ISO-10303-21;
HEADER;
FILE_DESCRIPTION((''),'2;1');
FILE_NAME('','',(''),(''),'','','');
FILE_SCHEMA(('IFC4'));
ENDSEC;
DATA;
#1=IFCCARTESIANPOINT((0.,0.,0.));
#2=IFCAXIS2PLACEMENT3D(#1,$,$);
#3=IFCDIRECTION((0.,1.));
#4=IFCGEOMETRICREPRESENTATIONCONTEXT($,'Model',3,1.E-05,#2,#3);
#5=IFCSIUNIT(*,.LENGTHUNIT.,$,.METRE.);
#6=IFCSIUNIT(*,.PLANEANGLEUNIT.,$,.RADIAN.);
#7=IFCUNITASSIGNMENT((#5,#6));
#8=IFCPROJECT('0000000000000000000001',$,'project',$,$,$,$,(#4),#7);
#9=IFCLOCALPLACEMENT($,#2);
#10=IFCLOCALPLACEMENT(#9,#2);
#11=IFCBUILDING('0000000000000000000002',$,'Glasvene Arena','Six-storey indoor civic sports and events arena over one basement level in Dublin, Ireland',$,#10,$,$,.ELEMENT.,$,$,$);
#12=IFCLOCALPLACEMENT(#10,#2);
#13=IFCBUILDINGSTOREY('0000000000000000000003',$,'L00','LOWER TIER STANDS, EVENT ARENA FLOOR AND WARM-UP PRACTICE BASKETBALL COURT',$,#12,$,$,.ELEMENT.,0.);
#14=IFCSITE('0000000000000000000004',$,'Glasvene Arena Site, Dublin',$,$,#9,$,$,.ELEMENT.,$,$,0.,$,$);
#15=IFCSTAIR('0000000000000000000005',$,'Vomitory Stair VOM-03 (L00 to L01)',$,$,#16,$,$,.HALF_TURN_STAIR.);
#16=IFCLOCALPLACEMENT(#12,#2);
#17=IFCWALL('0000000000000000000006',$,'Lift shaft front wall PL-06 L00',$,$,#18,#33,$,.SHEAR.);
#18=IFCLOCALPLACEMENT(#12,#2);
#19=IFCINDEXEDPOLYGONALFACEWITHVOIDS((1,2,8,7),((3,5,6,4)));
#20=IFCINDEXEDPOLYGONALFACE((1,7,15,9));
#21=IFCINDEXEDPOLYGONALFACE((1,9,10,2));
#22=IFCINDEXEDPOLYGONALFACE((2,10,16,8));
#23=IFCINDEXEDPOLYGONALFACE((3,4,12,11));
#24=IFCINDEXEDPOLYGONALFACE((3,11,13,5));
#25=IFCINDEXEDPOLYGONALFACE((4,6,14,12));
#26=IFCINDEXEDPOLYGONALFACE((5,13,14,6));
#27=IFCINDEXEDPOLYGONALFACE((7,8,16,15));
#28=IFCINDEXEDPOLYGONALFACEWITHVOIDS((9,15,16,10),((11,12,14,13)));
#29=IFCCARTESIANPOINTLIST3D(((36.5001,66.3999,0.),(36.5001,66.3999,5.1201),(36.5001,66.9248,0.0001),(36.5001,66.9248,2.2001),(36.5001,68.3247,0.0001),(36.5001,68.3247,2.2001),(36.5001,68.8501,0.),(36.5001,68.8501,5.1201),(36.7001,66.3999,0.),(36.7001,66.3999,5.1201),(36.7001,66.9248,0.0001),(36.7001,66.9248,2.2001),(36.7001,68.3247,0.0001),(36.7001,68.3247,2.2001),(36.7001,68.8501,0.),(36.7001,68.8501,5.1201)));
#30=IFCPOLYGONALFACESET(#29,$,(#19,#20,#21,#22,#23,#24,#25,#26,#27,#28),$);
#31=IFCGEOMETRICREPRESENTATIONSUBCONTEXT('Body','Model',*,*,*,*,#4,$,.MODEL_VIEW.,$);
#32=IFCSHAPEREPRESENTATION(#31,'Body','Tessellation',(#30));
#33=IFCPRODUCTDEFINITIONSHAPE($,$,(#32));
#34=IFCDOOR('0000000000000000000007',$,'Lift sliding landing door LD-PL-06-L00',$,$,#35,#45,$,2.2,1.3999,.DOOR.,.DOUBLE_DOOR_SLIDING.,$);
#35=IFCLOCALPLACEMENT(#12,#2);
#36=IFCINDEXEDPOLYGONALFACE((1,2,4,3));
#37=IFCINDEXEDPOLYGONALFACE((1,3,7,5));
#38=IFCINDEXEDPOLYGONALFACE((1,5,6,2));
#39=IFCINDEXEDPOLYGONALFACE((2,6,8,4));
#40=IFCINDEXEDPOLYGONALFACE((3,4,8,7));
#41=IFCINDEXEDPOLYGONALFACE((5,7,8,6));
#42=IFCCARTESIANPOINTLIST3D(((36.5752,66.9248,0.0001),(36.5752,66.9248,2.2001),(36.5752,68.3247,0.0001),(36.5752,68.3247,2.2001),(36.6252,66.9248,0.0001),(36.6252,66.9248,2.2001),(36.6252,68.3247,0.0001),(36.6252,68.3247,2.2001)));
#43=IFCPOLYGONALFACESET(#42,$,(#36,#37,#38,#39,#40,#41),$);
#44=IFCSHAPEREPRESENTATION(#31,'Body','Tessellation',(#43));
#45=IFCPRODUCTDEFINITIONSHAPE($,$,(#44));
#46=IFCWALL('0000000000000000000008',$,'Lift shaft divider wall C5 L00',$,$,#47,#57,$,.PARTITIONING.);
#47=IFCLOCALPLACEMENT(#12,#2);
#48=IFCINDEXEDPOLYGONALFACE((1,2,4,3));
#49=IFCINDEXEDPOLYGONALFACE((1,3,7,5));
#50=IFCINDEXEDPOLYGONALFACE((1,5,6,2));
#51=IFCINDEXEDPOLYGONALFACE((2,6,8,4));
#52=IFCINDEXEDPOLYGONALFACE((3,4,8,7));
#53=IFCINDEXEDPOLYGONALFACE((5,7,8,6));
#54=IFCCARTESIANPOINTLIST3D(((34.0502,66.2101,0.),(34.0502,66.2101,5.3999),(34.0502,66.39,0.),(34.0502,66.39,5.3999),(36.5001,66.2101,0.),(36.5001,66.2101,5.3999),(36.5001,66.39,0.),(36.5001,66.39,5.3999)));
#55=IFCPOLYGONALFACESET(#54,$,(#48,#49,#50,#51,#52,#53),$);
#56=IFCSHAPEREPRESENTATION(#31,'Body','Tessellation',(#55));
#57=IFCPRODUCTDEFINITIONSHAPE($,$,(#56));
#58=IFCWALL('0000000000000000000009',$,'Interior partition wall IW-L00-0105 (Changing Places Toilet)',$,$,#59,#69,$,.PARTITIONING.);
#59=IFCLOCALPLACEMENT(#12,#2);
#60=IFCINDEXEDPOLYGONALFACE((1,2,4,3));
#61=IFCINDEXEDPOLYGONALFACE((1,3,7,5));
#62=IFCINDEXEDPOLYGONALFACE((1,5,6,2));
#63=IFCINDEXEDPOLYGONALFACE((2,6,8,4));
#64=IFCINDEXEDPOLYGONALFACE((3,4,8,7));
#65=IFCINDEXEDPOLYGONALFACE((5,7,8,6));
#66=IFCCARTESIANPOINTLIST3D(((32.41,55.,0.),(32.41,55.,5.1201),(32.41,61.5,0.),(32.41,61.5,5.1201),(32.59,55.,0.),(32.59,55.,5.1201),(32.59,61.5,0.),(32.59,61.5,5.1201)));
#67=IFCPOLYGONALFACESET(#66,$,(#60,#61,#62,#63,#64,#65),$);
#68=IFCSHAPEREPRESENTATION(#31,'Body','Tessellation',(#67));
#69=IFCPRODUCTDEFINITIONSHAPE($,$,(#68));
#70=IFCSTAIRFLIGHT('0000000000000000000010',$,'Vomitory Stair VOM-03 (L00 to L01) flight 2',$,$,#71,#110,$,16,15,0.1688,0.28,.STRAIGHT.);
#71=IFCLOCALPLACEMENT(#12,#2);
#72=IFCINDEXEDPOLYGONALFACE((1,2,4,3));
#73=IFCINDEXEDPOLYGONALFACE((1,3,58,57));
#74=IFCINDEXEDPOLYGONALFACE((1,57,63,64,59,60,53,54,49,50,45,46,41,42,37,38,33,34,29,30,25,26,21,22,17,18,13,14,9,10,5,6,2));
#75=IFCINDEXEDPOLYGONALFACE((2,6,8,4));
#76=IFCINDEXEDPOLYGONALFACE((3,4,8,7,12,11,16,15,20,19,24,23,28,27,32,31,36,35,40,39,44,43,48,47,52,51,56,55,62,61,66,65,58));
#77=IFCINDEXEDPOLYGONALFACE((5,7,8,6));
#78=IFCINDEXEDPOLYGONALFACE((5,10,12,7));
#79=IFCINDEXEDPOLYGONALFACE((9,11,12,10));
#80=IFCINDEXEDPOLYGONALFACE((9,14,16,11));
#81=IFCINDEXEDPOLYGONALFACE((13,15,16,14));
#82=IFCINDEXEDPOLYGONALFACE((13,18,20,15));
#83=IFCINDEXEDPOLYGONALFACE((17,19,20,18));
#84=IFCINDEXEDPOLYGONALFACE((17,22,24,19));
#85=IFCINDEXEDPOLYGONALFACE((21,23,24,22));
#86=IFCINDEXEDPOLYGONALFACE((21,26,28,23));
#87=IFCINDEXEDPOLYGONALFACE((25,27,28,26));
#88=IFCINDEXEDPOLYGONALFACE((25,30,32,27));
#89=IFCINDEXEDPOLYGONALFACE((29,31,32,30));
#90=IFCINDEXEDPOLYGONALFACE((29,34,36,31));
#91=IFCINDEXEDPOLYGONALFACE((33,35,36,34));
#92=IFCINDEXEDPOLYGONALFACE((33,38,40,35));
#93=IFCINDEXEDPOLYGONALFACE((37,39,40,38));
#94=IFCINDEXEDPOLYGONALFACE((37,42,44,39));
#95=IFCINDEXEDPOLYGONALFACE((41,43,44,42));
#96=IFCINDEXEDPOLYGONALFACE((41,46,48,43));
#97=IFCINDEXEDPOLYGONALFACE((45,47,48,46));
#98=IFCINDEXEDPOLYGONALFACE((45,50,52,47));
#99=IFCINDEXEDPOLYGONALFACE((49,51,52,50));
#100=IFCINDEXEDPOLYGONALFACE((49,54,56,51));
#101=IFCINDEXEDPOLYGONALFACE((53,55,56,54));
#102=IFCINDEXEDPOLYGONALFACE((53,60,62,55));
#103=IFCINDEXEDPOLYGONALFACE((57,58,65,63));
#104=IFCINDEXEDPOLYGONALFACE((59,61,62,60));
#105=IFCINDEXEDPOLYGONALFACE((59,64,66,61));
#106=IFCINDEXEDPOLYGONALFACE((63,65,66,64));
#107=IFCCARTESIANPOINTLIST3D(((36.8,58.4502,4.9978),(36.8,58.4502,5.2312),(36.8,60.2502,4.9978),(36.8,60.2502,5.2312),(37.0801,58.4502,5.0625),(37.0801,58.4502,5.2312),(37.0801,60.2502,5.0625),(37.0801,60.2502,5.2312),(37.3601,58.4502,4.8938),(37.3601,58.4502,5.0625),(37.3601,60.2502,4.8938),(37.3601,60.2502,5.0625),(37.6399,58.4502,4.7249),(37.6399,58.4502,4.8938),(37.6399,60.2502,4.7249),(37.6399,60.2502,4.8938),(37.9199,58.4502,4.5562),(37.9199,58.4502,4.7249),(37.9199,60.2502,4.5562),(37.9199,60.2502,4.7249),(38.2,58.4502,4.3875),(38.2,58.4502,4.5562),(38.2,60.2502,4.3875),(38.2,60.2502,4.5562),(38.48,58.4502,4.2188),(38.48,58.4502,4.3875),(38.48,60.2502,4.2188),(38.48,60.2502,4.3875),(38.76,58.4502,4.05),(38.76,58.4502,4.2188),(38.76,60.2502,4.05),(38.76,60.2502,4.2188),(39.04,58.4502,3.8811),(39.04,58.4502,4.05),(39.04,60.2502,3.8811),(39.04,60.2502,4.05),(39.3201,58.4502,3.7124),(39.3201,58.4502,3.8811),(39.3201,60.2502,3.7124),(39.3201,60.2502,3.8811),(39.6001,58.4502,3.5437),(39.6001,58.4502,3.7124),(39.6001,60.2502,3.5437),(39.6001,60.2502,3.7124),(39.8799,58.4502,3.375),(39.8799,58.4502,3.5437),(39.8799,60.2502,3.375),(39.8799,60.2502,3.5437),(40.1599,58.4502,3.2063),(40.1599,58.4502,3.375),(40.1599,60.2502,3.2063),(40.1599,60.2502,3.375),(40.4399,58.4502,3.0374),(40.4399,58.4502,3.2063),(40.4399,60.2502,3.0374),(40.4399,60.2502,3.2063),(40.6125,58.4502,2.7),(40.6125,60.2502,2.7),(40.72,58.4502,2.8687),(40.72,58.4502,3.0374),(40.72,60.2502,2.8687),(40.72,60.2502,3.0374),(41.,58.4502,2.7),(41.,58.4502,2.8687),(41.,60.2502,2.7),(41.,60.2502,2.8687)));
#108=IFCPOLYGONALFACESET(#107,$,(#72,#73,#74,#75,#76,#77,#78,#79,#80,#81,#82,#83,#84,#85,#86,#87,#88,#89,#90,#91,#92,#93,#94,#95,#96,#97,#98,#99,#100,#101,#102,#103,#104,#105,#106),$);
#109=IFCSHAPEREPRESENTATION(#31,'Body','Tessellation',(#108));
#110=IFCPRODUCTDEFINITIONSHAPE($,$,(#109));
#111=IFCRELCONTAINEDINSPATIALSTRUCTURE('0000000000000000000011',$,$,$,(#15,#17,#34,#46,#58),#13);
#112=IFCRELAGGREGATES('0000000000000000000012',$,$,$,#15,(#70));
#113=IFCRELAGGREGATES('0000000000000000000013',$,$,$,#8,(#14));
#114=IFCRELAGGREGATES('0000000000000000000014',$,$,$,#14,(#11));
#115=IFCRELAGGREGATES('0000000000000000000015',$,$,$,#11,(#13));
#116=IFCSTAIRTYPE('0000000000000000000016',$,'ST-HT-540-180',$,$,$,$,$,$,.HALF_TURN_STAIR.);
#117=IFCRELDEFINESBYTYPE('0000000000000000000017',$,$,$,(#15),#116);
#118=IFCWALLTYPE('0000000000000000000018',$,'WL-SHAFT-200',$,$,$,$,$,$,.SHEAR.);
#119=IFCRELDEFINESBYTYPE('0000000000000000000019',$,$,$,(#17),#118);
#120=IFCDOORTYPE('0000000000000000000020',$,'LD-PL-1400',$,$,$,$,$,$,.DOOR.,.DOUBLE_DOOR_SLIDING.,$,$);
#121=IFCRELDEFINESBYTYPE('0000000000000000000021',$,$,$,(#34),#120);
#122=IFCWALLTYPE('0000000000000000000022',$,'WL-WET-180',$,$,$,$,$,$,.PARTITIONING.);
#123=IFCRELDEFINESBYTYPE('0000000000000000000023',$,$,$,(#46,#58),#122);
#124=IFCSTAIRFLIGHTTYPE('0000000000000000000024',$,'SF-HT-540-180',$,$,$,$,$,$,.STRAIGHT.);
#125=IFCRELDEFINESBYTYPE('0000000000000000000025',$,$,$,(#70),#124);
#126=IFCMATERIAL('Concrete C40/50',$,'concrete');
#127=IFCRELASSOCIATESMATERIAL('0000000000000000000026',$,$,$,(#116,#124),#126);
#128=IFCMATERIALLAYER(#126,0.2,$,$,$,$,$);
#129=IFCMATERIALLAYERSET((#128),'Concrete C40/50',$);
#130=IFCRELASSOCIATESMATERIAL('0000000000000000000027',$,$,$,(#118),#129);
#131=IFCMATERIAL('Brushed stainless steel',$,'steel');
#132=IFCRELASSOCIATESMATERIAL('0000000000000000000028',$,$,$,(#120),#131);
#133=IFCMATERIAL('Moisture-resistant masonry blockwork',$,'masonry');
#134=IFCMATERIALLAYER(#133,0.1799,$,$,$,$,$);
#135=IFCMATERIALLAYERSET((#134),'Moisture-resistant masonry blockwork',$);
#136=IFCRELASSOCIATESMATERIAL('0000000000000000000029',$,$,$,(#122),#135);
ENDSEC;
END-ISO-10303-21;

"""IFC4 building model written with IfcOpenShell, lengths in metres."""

from ifc_helpers import new_model, si_unit, direction, frame, frame_2d, origin, place, context, subcontext, project, spatial, polyline, rectangle, outline, extrude, material, layer, layer_set, type_object, element, fill, aggregate, save


model = new_model("IFC4")

# Units and contexts
model_context = context("Model", 3, precision=1e-05, world=origin(), true_north=direction((0.0, 1.0)))
body_context = subcontext(model_context, "Body", "Model", "MODEL_VIEW")
ifc_project = project(units=[si_unit("LENGTHUNIT", "METRE"), si_unit("PLANEANGLEUNIT", "RADIAN")], contexts=[model_context])

# Site, building, storey
site_placement = place(None, origin())
site = spatial("IfcSite", under=ifc_project, at=site_placement, Name="Glasvene Arena Site, Dublin", CompositionType="ELEMENT", RefElevation=0.0)
building_placement = place(site_placement, origin())
building = spatial("IfcBuilding", under=site, at=building_placement, Name="Glasvene Arena", Description="Six-storey indoor civic sports and events arena over one basement level in Dublin, Ireland", CompositionType="ELEMENT")
storey_placement = place(building_placement, origin())
storey = spatial("IfcBuildingStorey", under=building, at=storey_placement, Name="L00", Description="LOWER TIER STANDS, EVENT ARENA FLOOR AND WARM-UP PRACTICE BASKETBALL COURT", CompositionType="ELEMENT", Elevation=0.0)

# Shared definitions
ifc_material_1 = material(Name="Concrete C40/50", Category="concrete")

# Stair
stair_type = type_object("IfcStairType", Name="ST-HT-540-180", PredefinedType="HALF_TURN_STAIR", material=ifc_material_1)
stair_placement = place(storey_placement, origin())
stair = element("IfcStair", 1, at=stair_placement, inside=storey, type_object=stair_type, Name="Vomitory Stair VOM-03 (L00 to L01)", PredefinedType="HALF_TURN_STAIR")

# Wall, opening, door
ifc_layer_1 = layer(ifc_material_1, 0.2)
ifc_layer_set_1 = layer_set([ifc_layer_1], Name="Concrete C40/50")
wall_type_1 = type_object("IfcWallType", Name="WL-SHAFT-200", PredefinedType="SHEAR", material=ifc_layer_set_1)
ifc_material_2 = material(Name="Brushed stainless steel", Category="steel")
door_type_1 = type_object("IfcDoorType", Name="LD-PL-1400", OperationType="DOUBLE_DOOR_SLIDING", PredefinedType="DOOR", material=ifc_material_2)
wall_1_placement = place(storey_placement, frame((36.6001, 66.3999, 0.0), z_axis=(0.0, 0.0, 1.0), x_axis=(0.0, 1.0, 0.0)))
wall_1 = element("IfcWall", 2, at=wall_1_placement, inside=storey, type_object=wall_type_1, Name="Lift shaft front wall PL-06 L00", PredefinedType="SHEAR", context=body_context, shape_type="SweptSolid", body=[
    extrude(rectangle(XDim=2.4502, YDim=0.2, at=frame_2d((1.2251, 0.0))), origin(), (0.0, 0.0, 1.0), 5.1201),
])
opening_1_placement = place(wall_1_placement, frame((0.5249, 0.0, 0.0)))
opening_1 = element("IfcOpeningElement", 3, at=opening_1_placement, cuts=wall_1, PredefinedType="OPENING", context=body_context, shape_type="SweptSolid", body=[
    extrude(rectangle(XDim=1.3999, YDim=2.2, at=frame_2d((0.7, 1.1001))), frame((0.0, 0.1099, 0.0), z_axis=(0.0, -1.0, 0.0), x_axis=(1.0, 0.0, 0.0)), (0.0, 0.0, 1.0), 0.22),
])
door_1_placement = place(opening_1_placement, origin())
door_1 = element("IfcDoor", 4, at=door_1_placement, inside=storey, type_object=door_type_1, Name="Lift sliding landing door LD-PL-06-L00", OperationType="DOUBLE_DOOR_SLIDING", OverallHeight=2.2, OverallWidth=1.3999, PredefinedType="DOOR", context=body_context, shape_type="SweptSolid", body=[
    extrude(rectangle(XDim=1.3999, YDim=2.2, at=frame_2d((0.7, 1.1001))), frame((0.0, 0.0249, 0.0), z_axis=(0.0, -1.0, 0.0), x_axis=(1.0, 0.0, 0.0)), (0.0, 0.0, 1.0), 0.05),
])
fill(opening_1, door_1)

# Walls
ifc_material_3 = material(Name="Moisture-resistant masonry blockwork", Category="masonry")
ifc_layer_2 = layer(ifc_material_3, 0.1799)
ifc_layer_set_2 = layer_set([ifc_layer_2], Name="Moisture-resistant masonry blockwork")
wall_type_2 = type_object("IfcWallType", Name="WL-WET-180", PredefinedType="PARTITIONING", material=ifc_layer_set_2)
wall_2_placement = place(storey_placement, frame((34.05, 66.3, 0.0), z_axis=(0.0, 0.0, 1.0), x_axis=(1.0, 0.0, 0.0)))
element("IfcWall", 5, at=wall_2_placement, inside=storey, type_object=wall_type_2, Name="Lift shaft divider wall C5 L00", PredefinedType="PARTITIONING", context=body_context, shape_type="SweptSolid", body=[
    extrude(rectangle(XDim=2.45, YDim=0.1799, at=frame_2d((1.2251, 0.0))), origin(), (0.0, 0.0, 1.0), 5.3999),
])
wall_3_placement = place(storey_placement, frame((32.5, 61.5, 0.0), z_axis=(0.0, 0.0, 1.0), x_axis=(0.0, -1.0, 0.0)))
element("IfcWall", 6, at=wall_3_placement, inside=storey, type_object=wall_type_2, Name="Interior partition wall IW-L00-0105 (Changing Places Toilet)", PredefinedType="PARTITIONING", context=body_context, shape_type="SweptSolid", body=[
    extrude(rectangle(XDim=6.5, YDim=0.1799, at=frame_2d((3.25, 0.0))), origin(), (0.0, 0.0, 1.0), 5.1201),
])

# Stair flight
stair_flight_type = type_object("IfcStairFlightType", Name="SF-HT-540-180", PredefinedType="STRAIGHT", material=ifc_material_1)
stair_flight_placement = place(storey_placement, frame((41.0, 59.3501, 2.7), z_axis=(0.0, 0.0, 1.0), x_axis=(-1.0, 0.0, 0.0)))
stair_flight = element("IfcStairFlight", 7, at=stair_flight_placement, type_object=stair_flight_type, Name="Vomitory Stair VOM-03 (L00 to L01) flight 2", NumberOfRisers=16, NumberOfTreads=15, PredefinedType="STRAIGHT", RiserHeight=0.1688, TreadLength=0.28, context=body_context, shape_type="SweptSolid", body=[
    extrude(outline(polyline([(0.0, 0.0), (0.0, 0.1687), (0.28, 0.1687), (0.28, 0.3374), (0.5601, 0.3374), (0.5601, 0.5063), (0.8401, 0.5063), (0.8401, 0.675), (1.1201, 0.675), (1.1201, 0.8438), (1.3999, 0.8438), (1.3999, 1.0125), (1.6799, 1.0125), (1.6799, 1.1812), (1.96, 1.1812), (1.96, 1.3501), (2.24, 1.3501), (2.24, 1.5188), (2.52, 1.5188), (2.52, 1.6875), (2.8, 1.6875), (2.8, 1.8562), (3.0801, 1.8562), (3.0801, 2.0249), (3.3601, 2.0249), (3.3601, 2.1938), (3.6399, 2.1938), (3.6399, 2.3625), (3.9199, 2.3625), (3.9199, 2.5312), (4.2, 2.5312), (4.2, 2.7), (4.2, 2.2979), (0.3875, 0.0), (0.0, 0.0)])), frame((0.0, 0.8999, 0.0), z_axis=(0.0, -1.0, 0.0), x_axis=(1.0, 0.0, 0.0)), (0.0, 0.0, 1.0), 1.8),
])
aggregate(stair, [stair_flight])

save(model, "model.ifc")
